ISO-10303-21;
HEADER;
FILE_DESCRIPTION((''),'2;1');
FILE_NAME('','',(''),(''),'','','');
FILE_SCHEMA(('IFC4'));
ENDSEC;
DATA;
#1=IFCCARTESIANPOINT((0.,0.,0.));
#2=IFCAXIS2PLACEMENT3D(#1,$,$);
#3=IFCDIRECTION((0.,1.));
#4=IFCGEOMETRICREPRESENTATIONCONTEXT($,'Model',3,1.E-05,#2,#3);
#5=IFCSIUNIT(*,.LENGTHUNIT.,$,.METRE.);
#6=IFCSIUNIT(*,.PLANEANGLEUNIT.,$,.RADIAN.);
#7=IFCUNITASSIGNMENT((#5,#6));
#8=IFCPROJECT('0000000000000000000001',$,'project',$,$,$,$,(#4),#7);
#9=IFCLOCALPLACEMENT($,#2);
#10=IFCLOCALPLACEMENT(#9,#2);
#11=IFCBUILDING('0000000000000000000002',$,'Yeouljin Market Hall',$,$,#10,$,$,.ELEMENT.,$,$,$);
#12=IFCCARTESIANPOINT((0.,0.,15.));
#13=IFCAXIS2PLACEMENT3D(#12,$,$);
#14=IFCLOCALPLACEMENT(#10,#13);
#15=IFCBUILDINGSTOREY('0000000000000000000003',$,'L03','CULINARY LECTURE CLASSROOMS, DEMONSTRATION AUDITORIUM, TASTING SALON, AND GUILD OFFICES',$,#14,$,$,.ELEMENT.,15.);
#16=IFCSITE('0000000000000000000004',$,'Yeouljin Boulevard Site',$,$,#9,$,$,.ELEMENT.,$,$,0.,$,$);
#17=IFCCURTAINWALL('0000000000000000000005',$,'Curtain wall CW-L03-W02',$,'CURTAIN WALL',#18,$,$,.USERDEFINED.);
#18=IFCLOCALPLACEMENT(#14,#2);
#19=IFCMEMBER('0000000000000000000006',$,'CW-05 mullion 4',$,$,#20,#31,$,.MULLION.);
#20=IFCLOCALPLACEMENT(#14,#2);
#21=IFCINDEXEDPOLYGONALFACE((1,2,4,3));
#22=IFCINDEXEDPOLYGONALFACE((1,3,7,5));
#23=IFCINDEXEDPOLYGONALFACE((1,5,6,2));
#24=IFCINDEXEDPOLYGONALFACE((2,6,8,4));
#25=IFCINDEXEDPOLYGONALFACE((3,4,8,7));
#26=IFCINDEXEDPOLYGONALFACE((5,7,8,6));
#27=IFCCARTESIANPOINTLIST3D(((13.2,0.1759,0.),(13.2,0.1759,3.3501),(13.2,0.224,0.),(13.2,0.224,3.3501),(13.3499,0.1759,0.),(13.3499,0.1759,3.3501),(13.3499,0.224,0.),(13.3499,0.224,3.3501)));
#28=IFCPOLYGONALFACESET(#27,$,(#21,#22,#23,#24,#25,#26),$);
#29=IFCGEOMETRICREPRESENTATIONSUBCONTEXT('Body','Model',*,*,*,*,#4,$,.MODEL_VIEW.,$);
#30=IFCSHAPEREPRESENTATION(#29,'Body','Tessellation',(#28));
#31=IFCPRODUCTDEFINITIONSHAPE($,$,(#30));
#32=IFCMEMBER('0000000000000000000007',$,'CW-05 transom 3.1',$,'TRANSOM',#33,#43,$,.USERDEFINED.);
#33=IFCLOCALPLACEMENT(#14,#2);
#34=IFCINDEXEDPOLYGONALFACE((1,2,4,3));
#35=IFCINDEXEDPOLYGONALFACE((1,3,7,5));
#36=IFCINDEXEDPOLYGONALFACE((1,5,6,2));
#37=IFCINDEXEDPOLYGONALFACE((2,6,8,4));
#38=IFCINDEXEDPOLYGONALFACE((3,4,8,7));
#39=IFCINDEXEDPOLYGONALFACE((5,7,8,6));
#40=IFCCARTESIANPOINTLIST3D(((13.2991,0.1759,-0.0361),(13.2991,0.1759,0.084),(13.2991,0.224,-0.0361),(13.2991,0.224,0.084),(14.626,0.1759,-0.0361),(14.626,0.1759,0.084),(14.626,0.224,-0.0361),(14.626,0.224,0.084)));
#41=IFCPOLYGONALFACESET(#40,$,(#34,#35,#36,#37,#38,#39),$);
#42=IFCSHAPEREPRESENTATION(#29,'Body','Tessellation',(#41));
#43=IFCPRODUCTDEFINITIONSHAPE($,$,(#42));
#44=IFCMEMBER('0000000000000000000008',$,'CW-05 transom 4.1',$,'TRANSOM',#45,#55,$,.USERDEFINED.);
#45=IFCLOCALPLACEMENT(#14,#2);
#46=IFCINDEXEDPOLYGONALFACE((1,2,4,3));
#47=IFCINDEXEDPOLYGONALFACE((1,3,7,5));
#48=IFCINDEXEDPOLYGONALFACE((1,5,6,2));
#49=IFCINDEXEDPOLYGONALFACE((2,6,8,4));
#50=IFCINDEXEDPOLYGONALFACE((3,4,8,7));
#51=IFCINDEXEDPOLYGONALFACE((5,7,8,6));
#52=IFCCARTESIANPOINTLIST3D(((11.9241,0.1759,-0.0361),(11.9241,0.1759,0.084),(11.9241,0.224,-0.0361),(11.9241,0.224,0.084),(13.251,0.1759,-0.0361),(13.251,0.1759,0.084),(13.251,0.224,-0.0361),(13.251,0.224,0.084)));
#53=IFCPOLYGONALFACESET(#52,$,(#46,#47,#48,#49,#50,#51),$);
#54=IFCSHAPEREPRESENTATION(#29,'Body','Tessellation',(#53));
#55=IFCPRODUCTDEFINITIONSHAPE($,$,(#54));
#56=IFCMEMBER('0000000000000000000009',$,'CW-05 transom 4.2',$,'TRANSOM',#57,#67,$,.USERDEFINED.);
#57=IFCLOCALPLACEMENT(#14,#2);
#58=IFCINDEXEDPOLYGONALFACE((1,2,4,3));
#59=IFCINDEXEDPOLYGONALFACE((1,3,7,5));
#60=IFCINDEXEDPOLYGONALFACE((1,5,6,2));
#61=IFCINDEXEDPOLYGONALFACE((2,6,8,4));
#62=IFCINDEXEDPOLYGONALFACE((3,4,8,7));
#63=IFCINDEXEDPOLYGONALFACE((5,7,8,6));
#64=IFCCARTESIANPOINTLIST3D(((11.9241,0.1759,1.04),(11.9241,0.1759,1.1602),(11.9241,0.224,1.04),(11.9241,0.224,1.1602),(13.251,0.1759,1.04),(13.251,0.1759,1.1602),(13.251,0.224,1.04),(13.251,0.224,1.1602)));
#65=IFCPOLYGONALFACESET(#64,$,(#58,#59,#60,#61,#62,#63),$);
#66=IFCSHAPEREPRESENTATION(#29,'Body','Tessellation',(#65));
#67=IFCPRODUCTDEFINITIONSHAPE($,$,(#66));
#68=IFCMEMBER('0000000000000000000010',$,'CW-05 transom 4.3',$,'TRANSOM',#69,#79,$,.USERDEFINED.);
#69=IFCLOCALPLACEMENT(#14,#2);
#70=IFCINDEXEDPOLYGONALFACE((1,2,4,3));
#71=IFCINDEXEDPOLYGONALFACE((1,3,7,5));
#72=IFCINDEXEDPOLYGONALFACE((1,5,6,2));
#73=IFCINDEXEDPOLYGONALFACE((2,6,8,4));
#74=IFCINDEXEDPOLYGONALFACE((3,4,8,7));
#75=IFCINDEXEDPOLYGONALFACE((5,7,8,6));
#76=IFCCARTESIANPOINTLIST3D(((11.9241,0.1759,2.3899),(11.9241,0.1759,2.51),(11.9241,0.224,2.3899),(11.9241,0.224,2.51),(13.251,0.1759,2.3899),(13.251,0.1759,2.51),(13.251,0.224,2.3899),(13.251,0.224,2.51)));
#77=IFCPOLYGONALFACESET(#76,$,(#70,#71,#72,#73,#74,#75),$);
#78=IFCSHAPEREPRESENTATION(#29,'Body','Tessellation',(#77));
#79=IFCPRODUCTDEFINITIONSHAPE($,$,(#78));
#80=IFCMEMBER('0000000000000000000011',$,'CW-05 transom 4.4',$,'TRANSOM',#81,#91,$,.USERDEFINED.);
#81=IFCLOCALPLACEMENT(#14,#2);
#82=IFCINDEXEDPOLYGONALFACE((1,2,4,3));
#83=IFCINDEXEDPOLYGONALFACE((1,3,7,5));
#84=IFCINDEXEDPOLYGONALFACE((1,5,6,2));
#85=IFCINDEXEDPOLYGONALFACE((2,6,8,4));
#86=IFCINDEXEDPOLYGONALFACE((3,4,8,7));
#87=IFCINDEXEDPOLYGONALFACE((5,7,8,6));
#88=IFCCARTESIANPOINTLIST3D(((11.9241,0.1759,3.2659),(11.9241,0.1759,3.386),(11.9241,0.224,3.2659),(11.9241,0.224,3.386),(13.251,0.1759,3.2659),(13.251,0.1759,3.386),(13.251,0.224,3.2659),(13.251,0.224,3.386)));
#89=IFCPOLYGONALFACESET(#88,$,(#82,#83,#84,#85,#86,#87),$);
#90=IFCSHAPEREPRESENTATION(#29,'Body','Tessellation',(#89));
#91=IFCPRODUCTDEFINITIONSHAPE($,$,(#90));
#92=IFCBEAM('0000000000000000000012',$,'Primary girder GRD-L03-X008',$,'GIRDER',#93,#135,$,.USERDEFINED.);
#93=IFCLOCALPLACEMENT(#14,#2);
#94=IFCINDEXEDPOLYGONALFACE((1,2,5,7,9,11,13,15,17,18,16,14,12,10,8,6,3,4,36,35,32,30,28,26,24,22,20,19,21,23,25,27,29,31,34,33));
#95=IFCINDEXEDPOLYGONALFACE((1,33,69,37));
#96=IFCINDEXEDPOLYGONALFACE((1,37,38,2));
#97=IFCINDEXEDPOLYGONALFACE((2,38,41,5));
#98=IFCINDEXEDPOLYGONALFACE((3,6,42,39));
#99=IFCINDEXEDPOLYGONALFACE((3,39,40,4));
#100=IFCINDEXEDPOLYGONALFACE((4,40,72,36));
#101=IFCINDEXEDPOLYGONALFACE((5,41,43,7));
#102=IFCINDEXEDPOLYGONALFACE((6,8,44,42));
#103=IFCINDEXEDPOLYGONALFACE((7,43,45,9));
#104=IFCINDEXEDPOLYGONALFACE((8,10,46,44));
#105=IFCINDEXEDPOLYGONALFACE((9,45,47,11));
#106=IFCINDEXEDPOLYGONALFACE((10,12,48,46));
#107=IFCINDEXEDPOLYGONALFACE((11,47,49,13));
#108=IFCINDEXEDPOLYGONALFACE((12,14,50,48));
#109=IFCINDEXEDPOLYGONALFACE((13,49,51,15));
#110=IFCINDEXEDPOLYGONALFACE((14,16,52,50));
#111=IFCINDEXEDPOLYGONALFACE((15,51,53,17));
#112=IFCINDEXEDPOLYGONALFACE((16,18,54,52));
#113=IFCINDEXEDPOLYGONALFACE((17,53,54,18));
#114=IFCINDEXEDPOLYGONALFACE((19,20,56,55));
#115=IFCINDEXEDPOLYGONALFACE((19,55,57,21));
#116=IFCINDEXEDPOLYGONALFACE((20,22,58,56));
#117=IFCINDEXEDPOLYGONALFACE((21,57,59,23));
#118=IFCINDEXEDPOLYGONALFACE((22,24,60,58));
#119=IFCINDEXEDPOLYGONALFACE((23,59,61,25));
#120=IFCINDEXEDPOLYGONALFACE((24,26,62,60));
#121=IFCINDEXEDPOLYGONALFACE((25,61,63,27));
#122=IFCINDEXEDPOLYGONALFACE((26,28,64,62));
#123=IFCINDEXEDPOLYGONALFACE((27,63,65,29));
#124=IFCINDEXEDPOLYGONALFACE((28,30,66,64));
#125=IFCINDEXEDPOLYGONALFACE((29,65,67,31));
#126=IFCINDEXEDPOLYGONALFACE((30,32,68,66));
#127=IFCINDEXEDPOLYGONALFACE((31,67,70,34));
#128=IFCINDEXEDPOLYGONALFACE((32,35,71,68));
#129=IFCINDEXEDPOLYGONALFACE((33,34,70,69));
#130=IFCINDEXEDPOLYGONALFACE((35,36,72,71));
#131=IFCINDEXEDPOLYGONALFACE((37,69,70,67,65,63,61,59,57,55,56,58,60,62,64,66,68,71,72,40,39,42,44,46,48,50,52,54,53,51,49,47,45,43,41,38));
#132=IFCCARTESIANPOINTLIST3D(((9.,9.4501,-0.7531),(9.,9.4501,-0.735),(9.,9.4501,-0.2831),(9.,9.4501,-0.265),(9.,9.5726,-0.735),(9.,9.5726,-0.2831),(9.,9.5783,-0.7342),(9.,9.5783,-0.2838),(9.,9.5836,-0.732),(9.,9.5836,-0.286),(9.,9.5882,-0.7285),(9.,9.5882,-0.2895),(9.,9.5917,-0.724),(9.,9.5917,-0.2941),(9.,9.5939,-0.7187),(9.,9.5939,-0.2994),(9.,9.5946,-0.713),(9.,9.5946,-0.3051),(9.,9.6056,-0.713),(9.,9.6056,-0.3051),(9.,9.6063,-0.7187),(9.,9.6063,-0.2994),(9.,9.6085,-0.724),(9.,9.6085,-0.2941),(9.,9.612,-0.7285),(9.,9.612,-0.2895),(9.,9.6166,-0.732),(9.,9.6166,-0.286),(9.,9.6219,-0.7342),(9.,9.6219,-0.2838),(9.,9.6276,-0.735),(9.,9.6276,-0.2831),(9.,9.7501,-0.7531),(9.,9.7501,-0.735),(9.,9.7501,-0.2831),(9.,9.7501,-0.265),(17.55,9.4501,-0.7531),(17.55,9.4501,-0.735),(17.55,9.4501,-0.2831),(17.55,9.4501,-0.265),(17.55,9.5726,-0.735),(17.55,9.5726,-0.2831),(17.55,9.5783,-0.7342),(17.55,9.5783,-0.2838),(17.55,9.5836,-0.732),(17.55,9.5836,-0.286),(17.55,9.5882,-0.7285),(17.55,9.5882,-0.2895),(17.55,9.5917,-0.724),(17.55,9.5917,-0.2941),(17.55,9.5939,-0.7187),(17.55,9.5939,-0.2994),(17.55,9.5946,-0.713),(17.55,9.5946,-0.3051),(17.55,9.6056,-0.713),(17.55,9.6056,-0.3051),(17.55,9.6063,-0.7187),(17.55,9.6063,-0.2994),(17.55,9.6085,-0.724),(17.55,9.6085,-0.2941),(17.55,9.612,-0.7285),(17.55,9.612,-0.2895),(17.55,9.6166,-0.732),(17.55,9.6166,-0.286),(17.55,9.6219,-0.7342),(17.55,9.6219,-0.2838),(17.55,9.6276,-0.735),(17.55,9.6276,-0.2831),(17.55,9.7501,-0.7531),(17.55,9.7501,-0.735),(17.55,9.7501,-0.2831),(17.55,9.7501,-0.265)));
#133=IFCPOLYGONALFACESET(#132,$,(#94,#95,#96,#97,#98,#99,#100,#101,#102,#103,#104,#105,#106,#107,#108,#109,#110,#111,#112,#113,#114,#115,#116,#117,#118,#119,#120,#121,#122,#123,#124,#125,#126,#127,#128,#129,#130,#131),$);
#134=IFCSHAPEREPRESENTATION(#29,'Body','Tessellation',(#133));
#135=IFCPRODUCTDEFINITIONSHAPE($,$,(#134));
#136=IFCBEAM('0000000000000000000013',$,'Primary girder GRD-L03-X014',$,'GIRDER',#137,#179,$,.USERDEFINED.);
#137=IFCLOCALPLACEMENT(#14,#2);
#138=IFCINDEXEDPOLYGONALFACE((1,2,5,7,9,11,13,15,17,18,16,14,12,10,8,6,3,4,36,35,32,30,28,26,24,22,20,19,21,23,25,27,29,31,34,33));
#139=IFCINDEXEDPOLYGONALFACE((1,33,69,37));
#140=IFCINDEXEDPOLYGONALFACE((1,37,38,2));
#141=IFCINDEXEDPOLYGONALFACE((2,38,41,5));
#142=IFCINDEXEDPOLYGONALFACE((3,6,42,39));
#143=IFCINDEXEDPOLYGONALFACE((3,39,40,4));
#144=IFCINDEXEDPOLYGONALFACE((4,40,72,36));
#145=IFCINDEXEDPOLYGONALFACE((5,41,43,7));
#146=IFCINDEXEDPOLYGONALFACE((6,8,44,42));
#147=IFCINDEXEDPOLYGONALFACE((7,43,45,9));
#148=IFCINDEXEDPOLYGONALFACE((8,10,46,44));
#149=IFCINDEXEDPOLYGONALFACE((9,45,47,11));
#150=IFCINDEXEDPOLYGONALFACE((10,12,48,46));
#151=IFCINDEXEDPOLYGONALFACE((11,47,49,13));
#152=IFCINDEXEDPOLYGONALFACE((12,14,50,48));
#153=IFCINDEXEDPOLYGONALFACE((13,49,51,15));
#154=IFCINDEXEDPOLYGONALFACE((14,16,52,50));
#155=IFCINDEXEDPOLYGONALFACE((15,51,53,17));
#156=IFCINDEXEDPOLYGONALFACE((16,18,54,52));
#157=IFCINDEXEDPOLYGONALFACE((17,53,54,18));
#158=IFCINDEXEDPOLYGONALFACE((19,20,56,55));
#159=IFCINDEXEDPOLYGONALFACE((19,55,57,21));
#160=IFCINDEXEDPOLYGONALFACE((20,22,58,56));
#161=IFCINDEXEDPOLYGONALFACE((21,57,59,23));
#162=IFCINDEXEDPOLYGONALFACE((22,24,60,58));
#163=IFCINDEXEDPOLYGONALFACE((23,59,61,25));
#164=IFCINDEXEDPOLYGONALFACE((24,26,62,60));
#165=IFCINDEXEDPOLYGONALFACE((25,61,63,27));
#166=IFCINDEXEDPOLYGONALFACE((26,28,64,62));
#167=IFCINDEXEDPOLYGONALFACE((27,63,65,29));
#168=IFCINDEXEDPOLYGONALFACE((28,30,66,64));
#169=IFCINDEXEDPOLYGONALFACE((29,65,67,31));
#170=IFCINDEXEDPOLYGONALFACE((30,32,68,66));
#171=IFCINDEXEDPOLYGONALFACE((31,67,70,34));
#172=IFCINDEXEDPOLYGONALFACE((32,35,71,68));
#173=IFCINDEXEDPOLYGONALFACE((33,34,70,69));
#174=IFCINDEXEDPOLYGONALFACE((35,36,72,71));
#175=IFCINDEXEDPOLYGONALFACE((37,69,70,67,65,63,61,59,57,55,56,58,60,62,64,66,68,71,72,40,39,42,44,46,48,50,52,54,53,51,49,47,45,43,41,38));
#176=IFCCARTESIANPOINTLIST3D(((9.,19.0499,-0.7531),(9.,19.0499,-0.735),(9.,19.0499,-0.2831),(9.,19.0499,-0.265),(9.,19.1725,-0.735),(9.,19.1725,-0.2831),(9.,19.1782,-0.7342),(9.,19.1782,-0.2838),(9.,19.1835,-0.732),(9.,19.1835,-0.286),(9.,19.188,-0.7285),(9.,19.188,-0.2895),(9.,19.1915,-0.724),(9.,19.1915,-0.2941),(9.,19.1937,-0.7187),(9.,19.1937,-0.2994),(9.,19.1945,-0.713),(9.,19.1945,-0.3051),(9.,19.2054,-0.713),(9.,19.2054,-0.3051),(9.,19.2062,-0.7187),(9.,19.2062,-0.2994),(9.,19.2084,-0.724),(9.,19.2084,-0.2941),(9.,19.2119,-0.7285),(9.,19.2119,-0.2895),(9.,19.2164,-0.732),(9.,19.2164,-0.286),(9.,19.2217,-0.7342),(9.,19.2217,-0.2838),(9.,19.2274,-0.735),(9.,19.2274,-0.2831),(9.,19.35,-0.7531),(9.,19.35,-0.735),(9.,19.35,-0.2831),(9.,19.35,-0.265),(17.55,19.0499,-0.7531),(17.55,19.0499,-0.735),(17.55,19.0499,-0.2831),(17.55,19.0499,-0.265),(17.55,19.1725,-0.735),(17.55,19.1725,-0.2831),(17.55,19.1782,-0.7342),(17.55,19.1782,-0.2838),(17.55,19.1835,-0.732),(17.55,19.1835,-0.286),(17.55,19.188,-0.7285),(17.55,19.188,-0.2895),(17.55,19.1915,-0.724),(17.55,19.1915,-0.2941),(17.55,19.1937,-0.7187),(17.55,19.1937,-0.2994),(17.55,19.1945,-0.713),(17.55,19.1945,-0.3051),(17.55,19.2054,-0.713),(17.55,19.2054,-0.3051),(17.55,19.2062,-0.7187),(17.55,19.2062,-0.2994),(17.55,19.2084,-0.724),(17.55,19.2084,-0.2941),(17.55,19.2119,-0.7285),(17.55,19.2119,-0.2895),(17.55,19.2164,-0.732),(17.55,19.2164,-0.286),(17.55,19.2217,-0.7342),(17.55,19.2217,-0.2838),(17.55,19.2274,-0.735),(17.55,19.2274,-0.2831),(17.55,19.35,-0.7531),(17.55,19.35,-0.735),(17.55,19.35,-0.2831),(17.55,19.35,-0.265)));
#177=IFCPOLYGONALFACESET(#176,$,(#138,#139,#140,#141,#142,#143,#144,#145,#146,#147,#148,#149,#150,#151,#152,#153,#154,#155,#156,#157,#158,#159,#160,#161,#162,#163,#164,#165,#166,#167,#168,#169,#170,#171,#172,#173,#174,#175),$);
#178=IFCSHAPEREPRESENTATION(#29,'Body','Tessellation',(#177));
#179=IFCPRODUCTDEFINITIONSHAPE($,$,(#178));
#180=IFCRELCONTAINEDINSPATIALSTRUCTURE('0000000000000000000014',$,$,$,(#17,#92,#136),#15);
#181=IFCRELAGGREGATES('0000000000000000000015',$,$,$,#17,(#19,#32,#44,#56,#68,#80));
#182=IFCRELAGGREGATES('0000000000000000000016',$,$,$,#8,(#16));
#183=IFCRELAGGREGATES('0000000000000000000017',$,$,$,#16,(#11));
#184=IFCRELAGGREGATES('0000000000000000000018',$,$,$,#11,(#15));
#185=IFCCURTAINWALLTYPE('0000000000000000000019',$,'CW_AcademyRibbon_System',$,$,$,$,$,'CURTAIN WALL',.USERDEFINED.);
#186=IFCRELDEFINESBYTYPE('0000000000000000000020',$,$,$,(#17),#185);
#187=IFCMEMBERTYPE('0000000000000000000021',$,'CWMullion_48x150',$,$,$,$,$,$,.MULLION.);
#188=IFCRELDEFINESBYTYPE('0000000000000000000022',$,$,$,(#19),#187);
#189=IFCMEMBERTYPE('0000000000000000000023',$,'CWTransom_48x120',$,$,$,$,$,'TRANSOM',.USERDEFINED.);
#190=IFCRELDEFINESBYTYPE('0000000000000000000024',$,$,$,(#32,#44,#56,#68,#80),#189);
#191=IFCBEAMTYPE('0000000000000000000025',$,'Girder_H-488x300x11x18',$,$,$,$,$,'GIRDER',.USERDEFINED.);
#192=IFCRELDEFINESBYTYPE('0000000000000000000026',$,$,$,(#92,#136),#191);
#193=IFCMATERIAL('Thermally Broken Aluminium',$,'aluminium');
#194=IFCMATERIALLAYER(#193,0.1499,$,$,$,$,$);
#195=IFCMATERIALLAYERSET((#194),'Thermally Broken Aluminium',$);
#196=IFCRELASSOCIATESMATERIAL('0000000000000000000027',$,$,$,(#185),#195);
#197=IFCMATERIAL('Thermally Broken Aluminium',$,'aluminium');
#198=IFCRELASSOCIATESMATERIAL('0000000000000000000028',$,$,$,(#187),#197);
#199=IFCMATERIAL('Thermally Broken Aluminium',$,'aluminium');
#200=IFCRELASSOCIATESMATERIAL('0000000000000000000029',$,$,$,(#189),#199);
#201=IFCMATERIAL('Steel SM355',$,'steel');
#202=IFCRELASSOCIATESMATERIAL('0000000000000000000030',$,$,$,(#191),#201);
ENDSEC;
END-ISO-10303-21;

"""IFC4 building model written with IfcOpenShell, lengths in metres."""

from ifc_helpers import new_model, si_unit, direction, frame, origin, origin_2d, place, context, subcontext, project, spatial, rectangle, i_section, extrude, material, layer, layer_set, material_profile, profile_set, type_object, element, aggregate, save


model = new_model("IFC4")

# Units and contexts
model_context = context("Model", 3, precision=1e-05, world=origin(), true_north=direction((0.0, 1.0)))
body_context = subcontext(model_context, "Body", "Model", "MODEL_VIEW")
ifc_project = project(units=[si_unit("LENGTHUNIT", "METRE"), si_unit("PLANEANGLEUNIT", "RADIAN")], contexts=[model_context])

# Site, building, storey
site_placement = place(None, origin())
site = spatial("IfcSite", under=ifc_project, at=site_placement, Name="Yeouljin Boulevard Site", CompositionType="ELEMENT", RefElevation=0.0)
building_placement = place(site_placement, origin())
building = spatial("IfcBuilding", under=site, at=building_placement, Name="Yeouljin Market Hall", CompositionType="ELEMENT")
storey_placement = place(building_placement, frame((0.0, 0.0, 15.0)))
storey = spatial("IfcBuildingStorey", under=building, at=storey_placement, Name="L03", Description="CULINARY LECTURE CLASSROOMS, DEMONSTRATION AUDITORIUM, TASTING SALON, AND GUILD OFFICES", CompositionType="ELEMENT", Elevation=15.0)

# Curtain wall, members
ifc_material_1 = material(Name="Thermally Broken Aluminium", Category="aluminium")
ifc_layer_1 = layer(ifc_material_1, 0.1499)
ifc_layer_set_1 = layer_set([ifc_layer_1], Name="Thermally Broken Aluminium")
curtain_wall_type = type_object("IfcCurtainWallType", Name="CW_AcademyRibbon_System", ElementType="CURTAIN WALL", PredefinedType="USERDEFINED", material=ifc_layer_set_1)
curtain_wall_placement = place(storey_placement, origin())
curtain_wall = element("IfcCurtainWall", 1, at=curtain_wall_placement, inside=storey, type_object=curtain_wall_type, Name="Curtain wall CW-L03-W02", ObjectType="CURTAIN WALL", PredefinedType="USERDEFINED")
ifc_material_2 = material(Name="Thermally Broken Aluminium", Category="aluminium")
ifc_material_profile_1 = material_profile(ifc_material_2, rectangle(XDim=0.0481, YDim=0.1499, at=origin_2d()), Name="CW-MULL-48x150")
ifc_profile_set_1 = profile_set([ifc_material_profile_1], Name="Thermally Broken Aluminium")
member_type_1 = type_object("IfcMemberType", Name="CWMullion_48x150", PredefinedType="MULLION", material=ifc_profile_set_1)
member_1_placement = place(storey_placement, frame((13.2749, 0.2, 0.0), z_axis=(0.0, 0.0, 1.0), x_axis=(0.0, -1.0, 0.0)))
member_1 = element("IfcMember", 2, at=member_1_placement, type_object=member_type_1, Name="CW-05 mullion 4", PredefinedType="MULLION", context=body_context, shape_type="SweptSolid", body=[
    extrude(rectangle(XDim=0.0481, YDim=0.1499, at=origin_2d()), origin(), (0.0, 0.0, 1.0), 3.3501),
])
ifc_material_3 = material(Name="Thermally Broken Aluminium", Category="aluminium")
ifc_material_profile_2 = material_profile(ifc_material_3, rectangle(XDim=0.0481, YDim=0.1201, at=origin_2d()), Name="CW-TRAN-48x120")
ifc_profile_set_2 = profile_set([ifc_material_profile_2], Name="Thermally Broken Aluminium")
member_type_2 = type_object("IfcMemberType", Name="CWTransom_48x120", ElementType="TRANSOM", PredefinedType="USERDEFINED", material=ifc_profile_set_2)
member_2_placement = place(storey_placement, frame((14.626, 0.2, 0.0239), z_axis=(-1.0, 0.0, 0.0), x_axis=(0.0, -1.0, 0.0)))
member_2 = element("IfcMember", 3, at=member_2_placement, type_object=member_type_2, Name="CW-05 transom 3.1", ObjectType="TRANSOM", PredefinedType="USERDEFINED", context=body_context, shape_type="SweptSolid", body=[
    extrude(rectangle(XDim=0.0481, YDim=0.1201, at=origin_2d()), origin(), (0.0, 0.0, 1.0), 1.3269),
])
member_3_placement = place(storey_placement, frame((13.251, 0.2, 0.0239), z_axis=(-1.0, 0.0, 0.0), x_axis=(0.0, -1.0, 0.0)))
member_3 = element("IfcMember", 4, at=member_3_placement, type_object=member_type_2, Name="CW-05 transom 4.1", ObjectType="TRANSOM", PredefinedType="USERDEFINED", context=body_context, shape_type="SweptSolid", body=[
    extrude(rectangle(XDim=0.0481, YDim=0.1201, at=origin_2d()), origin(), (0.0, 0.0, 1.0), 1.3269),
])
member_4_placement = place(storey_placement, frame((13.251, 0.2, 1.1001), z_axis=(-1.0, 0.0, 0.0), x_axis=(0.0, -1.0, 0.0)))
member_4 = element("IfcMember", 5, at=member_4_placement, type_object=member_type_2, Name="CW-05 transom 4.2", ObjectType="TRANSOM", PredefinedType="USERDEFINED", context=body_context, shape_type="SweptSolid", body=[
    extrude(rectangle(XDim=0.0481, YDim=0.1201, at=origin_2d()), origin(), (0.0, 0.0, 1.0), 1.3269),
])
member_5_placement = place(storey_placement, frame((13.251, 0.2, 2.45), z_axis=(-1.0, 0.0, 0.0), x_axis=(0.0, -1.0, 0.0)))
member_5 = element("IfcMember", 6, at=member_5_placement, type_object=member_type_2, Name="CW-05 transom 4.3", ObjectType="TRANSOM", PredefinedType="USERDEFINED", context=body_context, shape_type="SweptSolid", body=[
    extrude(rectangle(XDim=0.0481, YDim=0.1201, at=origin_2d()), origin(), (0.0, 0.0, 1.0), 1.3269),
])
member_6_placement = place(storey_placement, frame((13.251, 0.2, 3.3259), z_axis=(-1.0, 0.0, 0.0), x_axis=(0.0, -1.0, 0.0)))
member_6 = element("IfcMember", 7, at=member_6_placement, type_object=member_type_2, Name="CW-05 transom 4.4", ObjectType="TRANSOM", PredefinedType="USERDEFINED", context=body_context, shape_type="SweptSolid", body=[
    extrude(rectangle(XDim=0.0481, YDim=0.1201, at=origin_2d()), origin(), (0.0, 0.0, 1.0), 1.3269),
])

# Beams
ifc_material_4 = material(Name="Steel SM355", Category="steel")
ifc_material_profile_3 = material_profile(ifc_material_4, i_section(OverallWidth=0.3, OverallDepth=0.488, WebThickness=0.011, FlangeThickness=0.0181, FilletRadius=0.022, at=origin_2d()), Name="H-488x300x11x18")
ifc_profile_set_3 = profile_set([ifc_material_profile_3], Name="Steel SM355")
beam_type_1 = type_object("IfcBeamType", Name="Girder_H-488x300x11x18", ElementType="GIRDER", PredefinedType="USERDEFINED", material=ifc_profile_set_3)
for number, where, z_axis, x_axis, name in (
    (8, (9.0, 9.6001, -0.509), (1.0, 0.0, 0.0), (0.0, 1.0, 0.0), "Primary girder GRD-L03-X008"),
    (9, (9.0, 19.2, -0.509), (1.0, 0.0, 0.0), (0.0, 1.0, 0.0), "Primary girder GRD-L03-X014"),
):
    element("IfcBeam", number, at=place(storey_placement, frame(where, z_axis=z_axis, x_axis=x_axis)), inside=storey, type_object=beam_type_1, Name=name, ObjectType="GIRDER", PredefinedType="USERDEFINED", context=body_context, shape_type="SweptSolid", body=[
        extrude(i_section(OverallWidth=0.3, OverallDepth=0.488, WebThickness=0.011, FlangeThickness=0.0181, FilletRadius=0.022, at=origin_2d()), origin(), (0.0, 0.0, 1.0), 8.55),
    ])

aggregate(curtain_wall, [member_1, member_2, member_3, member_4, member_5, member_6])

save(model, "model.ifc")
